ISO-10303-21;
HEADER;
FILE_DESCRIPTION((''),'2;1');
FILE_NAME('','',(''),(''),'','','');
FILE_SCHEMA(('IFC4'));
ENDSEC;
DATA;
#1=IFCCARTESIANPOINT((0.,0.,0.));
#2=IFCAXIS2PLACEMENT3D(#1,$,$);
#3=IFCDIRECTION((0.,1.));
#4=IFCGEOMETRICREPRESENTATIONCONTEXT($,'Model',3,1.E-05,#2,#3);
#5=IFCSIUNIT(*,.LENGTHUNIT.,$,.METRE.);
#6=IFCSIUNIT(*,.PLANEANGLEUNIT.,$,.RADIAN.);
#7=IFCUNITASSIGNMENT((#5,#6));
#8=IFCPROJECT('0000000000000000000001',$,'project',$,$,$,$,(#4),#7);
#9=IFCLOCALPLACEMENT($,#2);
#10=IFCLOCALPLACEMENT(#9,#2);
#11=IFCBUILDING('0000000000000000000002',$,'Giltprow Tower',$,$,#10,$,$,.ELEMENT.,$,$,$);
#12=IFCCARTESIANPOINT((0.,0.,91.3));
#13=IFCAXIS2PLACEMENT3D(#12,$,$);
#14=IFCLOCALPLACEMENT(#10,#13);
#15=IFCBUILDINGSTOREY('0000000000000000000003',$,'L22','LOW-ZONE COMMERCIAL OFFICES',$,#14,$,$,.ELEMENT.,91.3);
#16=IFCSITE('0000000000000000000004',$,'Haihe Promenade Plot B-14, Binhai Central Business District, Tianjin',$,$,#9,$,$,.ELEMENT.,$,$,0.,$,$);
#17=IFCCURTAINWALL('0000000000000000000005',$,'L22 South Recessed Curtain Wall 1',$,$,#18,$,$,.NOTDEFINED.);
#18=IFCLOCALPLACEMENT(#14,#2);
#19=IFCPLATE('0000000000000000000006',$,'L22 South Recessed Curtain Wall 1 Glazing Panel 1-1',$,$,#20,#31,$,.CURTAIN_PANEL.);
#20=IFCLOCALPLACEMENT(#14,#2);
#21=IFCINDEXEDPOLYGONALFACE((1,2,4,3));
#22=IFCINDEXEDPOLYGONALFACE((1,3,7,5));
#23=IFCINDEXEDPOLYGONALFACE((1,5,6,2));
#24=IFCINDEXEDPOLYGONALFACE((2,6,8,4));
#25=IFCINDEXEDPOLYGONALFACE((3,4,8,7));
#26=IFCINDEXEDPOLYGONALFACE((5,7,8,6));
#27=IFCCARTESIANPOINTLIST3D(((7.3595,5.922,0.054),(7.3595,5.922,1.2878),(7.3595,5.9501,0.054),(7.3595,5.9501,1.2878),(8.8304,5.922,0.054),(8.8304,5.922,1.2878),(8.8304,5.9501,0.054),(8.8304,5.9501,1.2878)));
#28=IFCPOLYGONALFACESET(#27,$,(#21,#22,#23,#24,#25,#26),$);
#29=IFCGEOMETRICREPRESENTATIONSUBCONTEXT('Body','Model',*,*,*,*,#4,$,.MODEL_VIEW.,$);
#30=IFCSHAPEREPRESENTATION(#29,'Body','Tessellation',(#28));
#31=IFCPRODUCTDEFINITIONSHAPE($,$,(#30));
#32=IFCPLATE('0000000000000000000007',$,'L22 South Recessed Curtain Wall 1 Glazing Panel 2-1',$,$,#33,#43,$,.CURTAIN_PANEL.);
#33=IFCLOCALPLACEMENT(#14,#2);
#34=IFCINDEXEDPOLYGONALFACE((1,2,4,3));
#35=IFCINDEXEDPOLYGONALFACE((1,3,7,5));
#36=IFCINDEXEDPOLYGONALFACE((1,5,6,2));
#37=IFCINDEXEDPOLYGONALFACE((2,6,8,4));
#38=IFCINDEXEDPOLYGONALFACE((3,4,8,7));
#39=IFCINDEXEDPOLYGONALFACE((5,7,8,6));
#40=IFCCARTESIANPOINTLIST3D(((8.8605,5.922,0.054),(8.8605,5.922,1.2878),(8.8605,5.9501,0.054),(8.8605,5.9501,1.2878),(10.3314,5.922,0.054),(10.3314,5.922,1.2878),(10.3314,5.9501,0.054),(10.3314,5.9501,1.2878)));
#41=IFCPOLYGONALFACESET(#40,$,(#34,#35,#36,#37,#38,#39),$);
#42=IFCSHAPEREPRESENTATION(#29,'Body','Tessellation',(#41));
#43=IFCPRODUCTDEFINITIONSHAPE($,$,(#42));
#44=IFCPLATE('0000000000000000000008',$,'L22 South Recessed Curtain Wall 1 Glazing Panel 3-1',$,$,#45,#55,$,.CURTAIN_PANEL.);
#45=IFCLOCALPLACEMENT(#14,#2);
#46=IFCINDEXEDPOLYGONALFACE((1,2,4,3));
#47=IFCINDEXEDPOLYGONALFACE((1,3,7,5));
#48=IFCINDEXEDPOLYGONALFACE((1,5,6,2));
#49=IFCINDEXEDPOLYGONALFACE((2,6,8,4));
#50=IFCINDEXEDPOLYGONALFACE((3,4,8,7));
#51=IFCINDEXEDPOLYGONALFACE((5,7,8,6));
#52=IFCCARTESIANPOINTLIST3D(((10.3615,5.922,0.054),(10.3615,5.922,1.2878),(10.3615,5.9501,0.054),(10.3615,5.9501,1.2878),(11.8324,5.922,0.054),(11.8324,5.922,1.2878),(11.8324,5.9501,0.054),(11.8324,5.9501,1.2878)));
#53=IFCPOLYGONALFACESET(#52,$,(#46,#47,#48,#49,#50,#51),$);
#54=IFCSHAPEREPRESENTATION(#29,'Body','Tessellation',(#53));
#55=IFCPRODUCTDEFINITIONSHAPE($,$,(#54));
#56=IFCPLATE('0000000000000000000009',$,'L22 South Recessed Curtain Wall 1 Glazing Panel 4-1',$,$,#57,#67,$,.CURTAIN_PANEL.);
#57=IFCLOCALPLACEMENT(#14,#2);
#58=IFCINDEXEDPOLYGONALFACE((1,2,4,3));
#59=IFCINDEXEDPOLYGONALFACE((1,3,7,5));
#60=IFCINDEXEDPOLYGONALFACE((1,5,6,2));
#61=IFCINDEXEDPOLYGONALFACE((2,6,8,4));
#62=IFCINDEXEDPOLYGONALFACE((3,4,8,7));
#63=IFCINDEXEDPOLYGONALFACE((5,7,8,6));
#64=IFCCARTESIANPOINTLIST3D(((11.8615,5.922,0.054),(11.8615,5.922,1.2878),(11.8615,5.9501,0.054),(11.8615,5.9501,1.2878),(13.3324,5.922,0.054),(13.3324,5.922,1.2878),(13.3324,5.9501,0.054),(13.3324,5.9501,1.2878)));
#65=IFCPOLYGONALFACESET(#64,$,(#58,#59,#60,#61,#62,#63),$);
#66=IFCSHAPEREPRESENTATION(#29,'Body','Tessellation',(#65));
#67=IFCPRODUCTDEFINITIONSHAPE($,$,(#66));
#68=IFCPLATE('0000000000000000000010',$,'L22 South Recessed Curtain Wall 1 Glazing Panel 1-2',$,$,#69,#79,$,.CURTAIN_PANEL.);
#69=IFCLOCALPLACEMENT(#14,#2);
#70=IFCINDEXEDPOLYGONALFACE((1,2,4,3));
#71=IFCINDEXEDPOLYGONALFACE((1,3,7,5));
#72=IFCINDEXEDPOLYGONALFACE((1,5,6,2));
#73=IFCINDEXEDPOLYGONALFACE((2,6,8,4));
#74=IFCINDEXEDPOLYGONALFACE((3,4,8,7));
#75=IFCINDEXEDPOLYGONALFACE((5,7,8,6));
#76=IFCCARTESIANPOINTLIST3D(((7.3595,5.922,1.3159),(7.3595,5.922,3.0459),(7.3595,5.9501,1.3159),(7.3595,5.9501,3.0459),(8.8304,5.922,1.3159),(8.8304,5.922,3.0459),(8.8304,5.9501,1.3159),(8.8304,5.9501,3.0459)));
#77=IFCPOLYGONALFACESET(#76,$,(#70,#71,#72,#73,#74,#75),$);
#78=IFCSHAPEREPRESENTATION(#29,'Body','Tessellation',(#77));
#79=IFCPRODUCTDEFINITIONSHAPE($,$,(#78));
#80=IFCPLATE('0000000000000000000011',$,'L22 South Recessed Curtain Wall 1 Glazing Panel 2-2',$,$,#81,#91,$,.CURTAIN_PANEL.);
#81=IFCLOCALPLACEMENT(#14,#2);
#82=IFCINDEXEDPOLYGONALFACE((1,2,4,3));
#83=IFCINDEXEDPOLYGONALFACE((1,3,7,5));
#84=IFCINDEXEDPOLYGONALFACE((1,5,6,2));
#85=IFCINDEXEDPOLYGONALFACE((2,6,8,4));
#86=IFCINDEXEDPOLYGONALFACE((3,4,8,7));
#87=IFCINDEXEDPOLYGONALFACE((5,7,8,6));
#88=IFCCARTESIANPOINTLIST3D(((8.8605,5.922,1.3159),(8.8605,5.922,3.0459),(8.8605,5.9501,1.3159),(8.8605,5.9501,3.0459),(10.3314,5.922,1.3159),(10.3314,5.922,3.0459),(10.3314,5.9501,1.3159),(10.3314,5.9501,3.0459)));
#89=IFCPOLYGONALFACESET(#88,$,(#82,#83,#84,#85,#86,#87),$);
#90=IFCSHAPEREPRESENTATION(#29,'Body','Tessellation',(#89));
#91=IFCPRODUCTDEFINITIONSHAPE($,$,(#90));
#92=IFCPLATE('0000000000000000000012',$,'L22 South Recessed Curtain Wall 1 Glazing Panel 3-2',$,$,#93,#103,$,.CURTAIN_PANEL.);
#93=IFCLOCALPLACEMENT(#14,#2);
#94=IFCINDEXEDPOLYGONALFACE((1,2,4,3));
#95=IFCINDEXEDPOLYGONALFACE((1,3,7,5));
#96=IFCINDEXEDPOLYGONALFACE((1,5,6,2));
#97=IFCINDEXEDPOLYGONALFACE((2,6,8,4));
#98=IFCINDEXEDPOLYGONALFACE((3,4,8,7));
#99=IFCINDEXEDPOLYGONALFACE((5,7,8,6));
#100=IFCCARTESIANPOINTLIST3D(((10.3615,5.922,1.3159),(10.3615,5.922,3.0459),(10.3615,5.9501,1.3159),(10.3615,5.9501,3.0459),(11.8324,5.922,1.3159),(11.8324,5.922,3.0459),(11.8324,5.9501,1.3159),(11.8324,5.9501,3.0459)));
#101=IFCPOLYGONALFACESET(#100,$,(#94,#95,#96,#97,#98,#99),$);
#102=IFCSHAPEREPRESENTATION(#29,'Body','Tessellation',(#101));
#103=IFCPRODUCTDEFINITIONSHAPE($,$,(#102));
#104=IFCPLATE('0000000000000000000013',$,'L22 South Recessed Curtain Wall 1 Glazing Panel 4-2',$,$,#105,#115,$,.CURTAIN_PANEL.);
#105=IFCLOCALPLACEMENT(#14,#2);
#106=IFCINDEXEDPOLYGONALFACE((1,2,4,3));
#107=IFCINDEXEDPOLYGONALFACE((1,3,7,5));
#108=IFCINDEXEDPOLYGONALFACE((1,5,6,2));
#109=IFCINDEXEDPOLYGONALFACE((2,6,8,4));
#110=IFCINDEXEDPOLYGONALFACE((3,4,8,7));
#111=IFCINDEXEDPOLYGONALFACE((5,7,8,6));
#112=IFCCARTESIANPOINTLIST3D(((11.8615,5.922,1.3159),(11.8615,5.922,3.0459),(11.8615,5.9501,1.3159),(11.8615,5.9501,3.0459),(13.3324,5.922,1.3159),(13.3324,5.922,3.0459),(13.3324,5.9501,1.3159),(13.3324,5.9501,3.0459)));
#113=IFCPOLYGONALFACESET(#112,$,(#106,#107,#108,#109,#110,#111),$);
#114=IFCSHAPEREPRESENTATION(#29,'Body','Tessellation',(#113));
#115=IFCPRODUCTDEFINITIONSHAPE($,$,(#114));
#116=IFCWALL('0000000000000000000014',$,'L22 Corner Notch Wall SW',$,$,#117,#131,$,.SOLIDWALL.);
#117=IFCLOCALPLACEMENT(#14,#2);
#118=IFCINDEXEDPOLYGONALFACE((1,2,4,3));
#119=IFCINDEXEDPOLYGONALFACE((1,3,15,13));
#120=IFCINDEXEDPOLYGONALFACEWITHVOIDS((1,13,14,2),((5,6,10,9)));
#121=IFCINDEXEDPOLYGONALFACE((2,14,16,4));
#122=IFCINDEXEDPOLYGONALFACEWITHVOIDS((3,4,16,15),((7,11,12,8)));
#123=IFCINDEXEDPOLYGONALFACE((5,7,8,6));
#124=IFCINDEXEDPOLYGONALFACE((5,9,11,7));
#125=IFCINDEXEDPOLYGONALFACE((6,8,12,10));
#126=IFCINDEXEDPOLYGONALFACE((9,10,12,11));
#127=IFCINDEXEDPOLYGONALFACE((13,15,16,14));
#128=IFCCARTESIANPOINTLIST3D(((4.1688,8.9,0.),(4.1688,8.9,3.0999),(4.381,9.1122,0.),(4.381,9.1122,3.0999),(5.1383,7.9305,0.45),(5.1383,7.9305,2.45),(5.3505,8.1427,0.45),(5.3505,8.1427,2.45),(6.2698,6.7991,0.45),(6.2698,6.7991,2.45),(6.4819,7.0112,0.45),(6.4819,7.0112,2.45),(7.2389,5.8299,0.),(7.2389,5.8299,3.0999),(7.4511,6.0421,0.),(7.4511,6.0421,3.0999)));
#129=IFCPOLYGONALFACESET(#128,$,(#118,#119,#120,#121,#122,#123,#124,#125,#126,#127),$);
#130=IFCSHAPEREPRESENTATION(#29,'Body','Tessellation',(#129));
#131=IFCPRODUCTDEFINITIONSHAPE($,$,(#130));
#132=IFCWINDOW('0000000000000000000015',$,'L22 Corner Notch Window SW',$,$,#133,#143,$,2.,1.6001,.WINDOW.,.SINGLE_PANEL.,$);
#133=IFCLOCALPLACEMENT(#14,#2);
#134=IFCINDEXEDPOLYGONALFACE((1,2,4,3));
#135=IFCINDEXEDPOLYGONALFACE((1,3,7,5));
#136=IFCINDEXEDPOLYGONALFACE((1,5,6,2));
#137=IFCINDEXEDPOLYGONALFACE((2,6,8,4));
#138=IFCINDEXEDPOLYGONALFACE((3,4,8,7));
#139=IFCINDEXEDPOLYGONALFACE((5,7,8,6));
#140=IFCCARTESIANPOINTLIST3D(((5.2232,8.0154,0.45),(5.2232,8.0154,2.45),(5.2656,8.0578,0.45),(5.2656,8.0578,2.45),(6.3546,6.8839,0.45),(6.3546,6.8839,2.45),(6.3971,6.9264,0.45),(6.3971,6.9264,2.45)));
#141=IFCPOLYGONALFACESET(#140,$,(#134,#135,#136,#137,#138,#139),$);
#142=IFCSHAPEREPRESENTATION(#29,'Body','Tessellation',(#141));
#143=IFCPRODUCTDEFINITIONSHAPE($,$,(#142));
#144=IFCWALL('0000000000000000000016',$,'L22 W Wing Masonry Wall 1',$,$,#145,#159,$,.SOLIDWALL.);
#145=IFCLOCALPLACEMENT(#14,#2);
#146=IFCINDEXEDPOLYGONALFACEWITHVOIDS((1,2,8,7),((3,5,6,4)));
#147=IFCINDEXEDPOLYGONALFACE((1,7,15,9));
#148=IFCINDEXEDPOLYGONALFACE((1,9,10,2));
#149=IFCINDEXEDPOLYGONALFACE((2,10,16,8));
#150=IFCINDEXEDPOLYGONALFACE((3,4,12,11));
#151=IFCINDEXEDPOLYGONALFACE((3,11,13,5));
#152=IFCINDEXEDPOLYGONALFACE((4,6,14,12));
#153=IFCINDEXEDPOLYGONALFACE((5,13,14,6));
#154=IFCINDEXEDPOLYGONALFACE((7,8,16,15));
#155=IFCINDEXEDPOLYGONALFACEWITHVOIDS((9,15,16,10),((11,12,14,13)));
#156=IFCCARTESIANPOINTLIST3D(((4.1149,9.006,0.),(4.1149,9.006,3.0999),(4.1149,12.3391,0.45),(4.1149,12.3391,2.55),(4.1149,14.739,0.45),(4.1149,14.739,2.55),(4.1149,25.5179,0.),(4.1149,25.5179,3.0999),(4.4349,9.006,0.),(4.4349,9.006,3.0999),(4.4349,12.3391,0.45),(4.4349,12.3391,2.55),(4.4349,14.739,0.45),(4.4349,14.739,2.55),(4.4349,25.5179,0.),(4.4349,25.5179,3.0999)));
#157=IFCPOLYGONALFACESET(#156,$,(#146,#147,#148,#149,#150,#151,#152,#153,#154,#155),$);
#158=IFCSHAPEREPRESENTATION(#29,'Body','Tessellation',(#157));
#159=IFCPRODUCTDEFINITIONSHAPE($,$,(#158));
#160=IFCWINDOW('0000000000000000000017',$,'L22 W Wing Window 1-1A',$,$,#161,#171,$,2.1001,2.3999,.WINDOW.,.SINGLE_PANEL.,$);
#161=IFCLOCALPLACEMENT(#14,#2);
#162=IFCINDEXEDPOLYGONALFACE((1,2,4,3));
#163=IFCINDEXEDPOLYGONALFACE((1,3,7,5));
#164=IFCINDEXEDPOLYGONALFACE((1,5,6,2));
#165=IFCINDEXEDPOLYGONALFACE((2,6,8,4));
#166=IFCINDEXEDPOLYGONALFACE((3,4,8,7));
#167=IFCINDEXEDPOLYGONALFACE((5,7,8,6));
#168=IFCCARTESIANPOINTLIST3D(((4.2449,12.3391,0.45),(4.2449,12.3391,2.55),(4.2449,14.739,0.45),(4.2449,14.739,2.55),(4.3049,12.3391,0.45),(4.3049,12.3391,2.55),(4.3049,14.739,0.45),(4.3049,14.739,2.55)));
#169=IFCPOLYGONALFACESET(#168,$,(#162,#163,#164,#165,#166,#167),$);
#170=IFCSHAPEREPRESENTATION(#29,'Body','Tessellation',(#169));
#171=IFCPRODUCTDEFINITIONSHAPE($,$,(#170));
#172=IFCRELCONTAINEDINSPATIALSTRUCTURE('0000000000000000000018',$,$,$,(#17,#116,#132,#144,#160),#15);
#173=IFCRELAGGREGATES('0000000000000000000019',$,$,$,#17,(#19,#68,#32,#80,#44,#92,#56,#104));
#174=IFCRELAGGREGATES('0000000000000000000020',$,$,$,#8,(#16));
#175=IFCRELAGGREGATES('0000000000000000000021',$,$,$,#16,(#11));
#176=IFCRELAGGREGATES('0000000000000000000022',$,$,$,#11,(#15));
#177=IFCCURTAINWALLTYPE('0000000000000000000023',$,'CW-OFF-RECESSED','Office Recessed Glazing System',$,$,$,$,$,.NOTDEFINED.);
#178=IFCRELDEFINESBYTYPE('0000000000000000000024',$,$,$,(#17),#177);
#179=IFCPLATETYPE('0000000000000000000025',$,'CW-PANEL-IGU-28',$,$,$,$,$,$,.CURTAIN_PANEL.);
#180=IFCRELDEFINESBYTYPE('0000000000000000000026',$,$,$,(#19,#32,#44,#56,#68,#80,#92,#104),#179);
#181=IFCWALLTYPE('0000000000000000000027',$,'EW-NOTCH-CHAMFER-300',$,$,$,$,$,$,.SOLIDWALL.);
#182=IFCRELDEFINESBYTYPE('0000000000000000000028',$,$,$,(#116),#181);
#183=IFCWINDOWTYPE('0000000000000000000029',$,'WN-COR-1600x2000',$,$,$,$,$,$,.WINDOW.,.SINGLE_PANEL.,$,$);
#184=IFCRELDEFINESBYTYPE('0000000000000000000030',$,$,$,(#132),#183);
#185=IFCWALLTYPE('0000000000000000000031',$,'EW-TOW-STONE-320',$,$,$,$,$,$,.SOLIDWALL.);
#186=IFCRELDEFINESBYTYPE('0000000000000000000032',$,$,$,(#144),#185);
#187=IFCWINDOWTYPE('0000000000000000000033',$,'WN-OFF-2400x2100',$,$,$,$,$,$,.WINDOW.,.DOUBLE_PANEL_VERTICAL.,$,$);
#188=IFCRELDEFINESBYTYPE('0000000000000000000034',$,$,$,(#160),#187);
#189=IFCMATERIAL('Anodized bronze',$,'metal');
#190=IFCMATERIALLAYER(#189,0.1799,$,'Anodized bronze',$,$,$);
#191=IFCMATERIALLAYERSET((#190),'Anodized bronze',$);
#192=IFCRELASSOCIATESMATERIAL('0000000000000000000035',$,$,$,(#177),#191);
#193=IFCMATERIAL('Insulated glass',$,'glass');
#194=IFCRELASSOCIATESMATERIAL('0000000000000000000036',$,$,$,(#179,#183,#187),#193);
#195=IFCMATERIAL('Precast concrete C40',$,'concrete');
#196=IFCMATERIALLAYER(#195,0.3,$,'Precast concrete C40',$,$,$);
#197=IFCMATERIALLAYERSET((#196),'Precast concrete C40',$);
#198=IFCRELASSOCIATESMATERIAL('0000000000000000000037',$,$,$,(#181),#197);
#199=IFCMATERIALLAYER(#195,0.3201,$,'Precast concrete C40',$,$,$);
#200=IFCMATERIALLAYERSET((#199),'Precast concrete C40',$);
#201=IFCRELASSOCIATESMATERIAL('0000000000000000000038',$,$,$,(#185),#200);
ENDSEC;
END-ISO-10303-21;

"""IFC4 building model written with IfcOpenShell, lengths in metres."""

from ifc_helpers import new_model, si_unit, direction, frame, frame_2d, origin, origin_2d, place, context, subcontext, project, spatial, rectangle, extrude, source, transform, mapped, material, layer, layer_set, type_object, element, fill, aggregate, save


model = new_model("IFC4")

# Units and contexts
model_context = context("Model", 3, precision=1e-05, world=origin(), true_north=direction((0.0, 1.0)))
body_context = subcontext(model_context, "Body", "Model", "MODEL_VIEW")
ifc_project = project(units=[si_unit("LENGTHUNIT", "METRE"), si_unit("PLANEANGLEUNIT", "RADIAN")], contexts=[model_context])

# Site, building, storey
site_placement = place(None, origin())
site = spatial("IfcSite", under=ifc_project, at=site_placement, Name="Haihe Promenade Plot B-14, Binhai Central Business District, Tianjin", CompositionType="ELEMENT", RefElevation=0.0)
building_placement = place(site_placement, origin())
building = spatial("IfcBuilding", under=site, at=building_placement, Name="Giltprow Tower", CompositionType="ELEMENT")
storey_placement = place(building_placement, frame((0.0, 0.0, 91.3)))
storey = spatial("IfcBuildingStorey", under=building, at=storey_placement, Name="L22", Description="LOW-ZONE COMMERCIAL OFFICES", CompositionType="ELEMENT", Elevation=91.3)

# Curtain wall
ifc_material_1 = material(Name="Anodized bronze", Category="metal")
ifc_layer_1 = layer(ifc_material_1, 0.1799, Name="Anodized bronze")
ifc_layer_set_1 = layer_set([ifc_layer_1], Name="Anodized bronze")
curtain_wall_type = type_object("IfcCurtainWallType", Name="CW-OFF-RECESSED", Description="Office Recessed Glazing System", PredefinedType="NOTDEFINED", material=ifc_layer_set_1)
curtain_wall_placement = place(storey_placement, origin())
curtain_wall = element("IfcCurtainWall", 1, at=curtain_wall_placement, inside=storey, type_object=curtain_wall_type, Name="L22 South Recessed Curtain Wall 1", PredefinedType="NOTDEFINED")

# Plates
ifc_material_2 = material(Name="Insulated glass", Category="glass")
plate_type = type_object("IfcPlateType", Name="CW-PANEL-IGU-28", PredefinedType="CURTAIN_PANEL", material=ifc_material_2)
shared_shape_1 = source(origin(), body_context, "Body", "SweptSolid", [
    extrude(rectangle(XDim=1.4709, YDim=0.0281, at=origin_2d()), origin(), (0.0, 0.0, 1.0), 1.2339),
])
plate_1_placement = place(storey_placement, frame((8.095, 5.936, 0.054), z_axis=(0.0, 0.0, 1.0), x_axis=(1.0, 0.0, 0.0)))
plate_1 = element("IfcPlate", 2, at=plate_1_placement, type_object=plate_type, Name="L22 South Recessed Curtain Wall 1 Glazing Panel 1-1", PredefinedType="CURTAIN_PANEL", context=body_context, shape_type="MappedRepresentation", body=[
    mapped(shared_shape_1, transform((0.0, 0.0, 0.0), x_axis=(1.0, 0.0, 0.0), y_axis=(0.0, 1.0, 0.0), z_axis=(0.0, 0.0, 1.0), scale=1.0)),
])
plate_2_placement = place(storey_placement, frame((9.5959, 5.936, 0.054), z_axis=(0.0, 0.0, 1.0), x_axis=(1.0, 0.0, 0.0)))
plate_2 = element("IfcPlate", 3, at=plate_2_placement, type_object=plate_type, Name="L22 South Recessed Curtain Wall 1 Glazing Panel 2-1", PredefinedType="CURTAIN_PANEL", context=body_context, shape_type="MappedRepresentation", body=[
    mapped(shared_shape_1, transform((0.0, 0.0, 0.0), x_axis=(1.0, 0.0, 0.0), y_axis=(0.0, 1.0, 0.0), z_axis=(0.0, 0.0, 1.0), scale=1.0)),
])
plate_3_placement = place(storey_placement, frame((11.0969, 5.936, 0.054), z_axis=(0.0, 0.0, 1.0), x_axis=(1.0, 0.0, 0.0)))
plate_3 = element("IfcPlate", 4, at=plate_3_placement, type_object=plate_type, Name="L22 South Recessed Curtain Wall 1 Glazing Panel 3-1", PredefinedType="CURTAIN_PANEL", context=body_context, shape_type="MappedRepresentation", body=[
    mapped(shared_shape_1, transform((0.0, 0.0, 0.0), x_axis=(1.0, 0.0, 0.0), y_axis=(0.0, 1.0, 0.0), z_axis=(0.0, 0.0, 1.0), scale=1.0)),
])
plate_4_placement = place(storey_placement, frame((12.5969, 5.936, 0.054), z_axis=(0.0, 0.0, 1.0), x_axis=(1.0, 0.0, 0.0)))
plate_4 = element("IfcPlate", 5, at=plate_4_placement, type_object=plate_type, Name="L22 South Recessed Curtain Wall 1 Glazing Panel 4-1", PredefinedType="CURTAIN_PANEL", context=body_context, shape_type="MappedRepresentation", body=[
    mapped(shared_shape_1, transform((0.0, 0.0, 0.0), x_axis=(1.0, 0.0, 0.0), y_axis=(0.0, 1.0, 0.0), z_axis=(0.0, 0.0, 1.0), scale=1.0)),
])
shared_shape_2 = source(origin(), body_context, "Body", "SweptSolid", [
    extrude(rectangle(XDim=1.4709, YDim=0.0281, at=origin_2d()), origin(), (0.0, 0.0, 1.0), 1.73),
])
plate_5_placement = place(storey_placement, frame((8.095, 5.936, 1.3159), z_axis=(0.0, 0.0, 1.0), x_axis=(1.0, 0.0, 0.0)))
plate_5 = element("IfcPlate", 6, at=plate_5_placement, type_object=plate_type, Name="L22 South Recessed Curtain Wall 1 Glazing Panel 1-2", PredefinedType="CURTAIN_PANEL", context=body_context, shape_type="MappedRepresentation", body=[
    mapped(shared_shape_2, transform((0.0, 0.0, 0.0), x_axis=(1.0, 0.0, 0.0), y_axis=(0.0, 1.0, 0.0), z_axis=(0.0, 0.0, 1.0), scale=1.0)),
])
plate_6_placement = place(storey_placement, frame((9.5959, 5.936, 1.3159), z_axis=(0.0, 0.0, 1.0), x_axis=(1.0, 0.0, 0.0)))
plate_6 = element("IfcPlate", 7, at=plate_6_placement, type_object=plate_type, Name="L22 South Recessed Curtain Wall 1 Glazing Panel 2-2", PredefinedType="CURTAIN_PANEL", context=body_context, shape_type="MappedRepresentation", body=[
    mapped(shared_shape_2, transform((0.0, 0.0, 0.0), x_axis=(1.0, 0.0, 0.0), y_axis=(0.0, 1.0, 0.0), z_axis=(0.0, 0.0, 1.0), scale=1.0)),
])
plate_7_placement = place(storey_placement, frame((11.0969, 5.936, 1.3159), z_axis=(0.0, 0.0, 1.0), x_axis=(1.0, 0.0, 0.0)))
plate_7 = element("IfcPlate", 8, at=plate_7_placement, type_object=plate_type, Name="L22 South Recessed Curtain Wall 1 Glazing Panel 3-2", PredefinedType="CURTAIN_PANEL", context=body_context, shape_type="MappedRepresentation", body=[
    mapped(shared_shape_2, transform((0.0, 0.0, 0.0), x_axis=(1.0, 0.0, 0.0), y_axis=(0.0, 1.0, 0.0), z_axis=(0.0, 0.0, 1.0), scale=1.0)),
])
plate_8_placement = place(storey_placement, frame((12.5969, 5.936, 1.3159), z_axis=(0.0, 0.0, 1.0), x_axis=(1.0, 0.0, 0.0)))
plate_8 = element("IfcPlate", 9, at=plate_8_placement, type_object=plate_type, Name="L22 South Recessed Curtain Wall 1 Glazing Panel 4-2", PredefinedType="CURTAIN_PANEL", context=body_context, shape_type="MappedRepresentation", body=[
    mapped(shared_shape_2, transform((0.0, 0.0, 0.0), x_axis=(1.0, 0.0, 0.0), y_axis=(0.0, 1.0, 0.0), z_axis=(0.0, 0.0, 1.0), scale=1.0)),
])
aggregate(curtain_wall, [plate_1, plate_5, plate_2, plate_6, plate_3, plate_7, plate_4, plate_8])

# Walls, openings, windows
ifc_material_3 = material(Name="Precast concrete C40", Category="concrete")
ifc_layer_2 = layer(ifc_material_3, 0.3, Name="Precast concrete C40")
ifc_layer_set_2 = layer_set([ifc_layer_2], Name="Precast concrete C40")
wall_type_1 = type_object("IfcWallType", Name="EW-NOTCH-CHAMFER-300", PredefinedType="SOLIDWALL", material=ifc_layer_set_2)
wall_1_placement = place(storey_placement, frame((4.2749, 9.0061, 0.0), z_axis=(0.0, 0.0, 1.0), x_axis=(0.707107, -0.707107, 0.0)))
wall_1 = element("IfcWall", 10, at=wall_1_placement, inside=storey, type_object=wall_type_1, Name="L22 Corner Notch Wall SW", PredefinedType="SOLIDWALL", context=body_context, shape_type="SweptSolid", body=[
    extrude(rectangle(XDim=4.3418, YDim=0.3, at=frame_2d((2.1709, 0.0))), origin(), (0.0, 0.0, 1.0), 3.0999),
])
opening_1_placement = place(wall_1_placement, frame((1.3711, 0.0, 0.45)))
opening_1 = element("IfcOpeningElement", 11, at=opening_1_placement, cuts=wall_1, PredefinedType="OPENING", context=body_context, shape_type="SweptSolid", body=[
    extrude(rectangle(XDim=1.6001, YDim=2.0, at=frame_2d((0.8, 1.0))), frame((0.0, 0.1599, 0.0), z_axis=(0.0, -1.0, 0.0), x_axis=(1.0, 0.0, 0.0)), (0.0, 0.0, 1.0), 0.3201),
])
window_type_1 = type_object("IfcWindowType", Name="WN-COR-1600x2000", PartitioningType="SINGLE_PANEL", PredefinedType="WINDOW", material=ifc_material_2)
shared_shape_3 = source(origin(), body_context, "Body", "SweptSolid", [
    extrude(rectangle(XDim=1.6001, YDim=2.0, at=frame_2d((0.8, 1.0))), frame((0.0, 0.03, 0.0), z_axis=(0.0, -1.0, 0.0), x_axis=(1.0, 0.0, 0.0)), (0.0, 0.0, 1.0), 0.0601),
])
window_1_placement = place(opening_1_placement, origin())
window_1 = element("IfcWindow", 12, at=window_1_placement, inside=storey, type_object=window_type_1, Name="L22 Corner Notch Window SW", OverallHeight=2.0, OverallWidth=1.6001, PartitioningType="SINGLE_PANEL", PredefinedType="WINDOW", context=body_context, shape_type="MappedRepresentation", body=[
    mapped(shared_shape_3, transform((0.0, 0.0, 0.0), x_axis=(1.0, 0.0, 0.0), y_axis=(0.0, 1.0, 0.0), z_axis=(0.0, 0.0, 1.0), scale=1.0)),
])
fill(opening_1, window_1)
ifc_layer_3 = layer(ifc_material_3, 0.3201, Name="Precast concrete C40")
ifc_layer_set_3 = layer_set([ifc_layer_3], Name="Precast concrete C40")
wall_type_2 = type_object("IfcWallType", Name="EW-TOW-STONE-320", PredefinedType="SOLIDWALL", material=ifc_layer_set_3)
wall_2_placement = place(storey_placement, frame((4.2749, 9.0061, 0.0), z_axis=(0.0, 0.0, 1.0), x_axis=(0.0, 1.0, 0.0)))
wall_2 = element("IfcWall", 13, at=wall_2_placement, inside=storey, type_object=wall_type_2, Name="L22 W Wing Masonry Wall 1", PredefinedType="SOLIDWALL", context=body_context, shape_type="SweptSolid", body=[
    extrude(rectangle(XDim=16.512, YDim=0.3201, at=frame_2d((8.2559, 0.0))), origin(), (0.0, 0.0, 1.0), 3.0999),
])
opening_2_placement = place(wall_2_placement, frame((3.333, 0.0, 0.45)))
opening_2 = element("IfcOpeningElement", 14, at=opening_2_placement, cuts=wall_2, PredefinedType="OPENING", context=body_context, shape_type="SweptSolid", body=[
    extrude(rectangle(XDim=2.3999, YDim=2.1001, at=frame_2d((1.2, 1.05))), frame((0.0, 0.1699, 0.0), z_axis=(0.0, -1.0, 0.0), x_axis=(1.0, 0.0, 0.0)), (0.0, 0.0, 1.0), 0.3401),
])
window_type_2 = type_object("IfcWindowType", Name="WN-OFF-2400x2100", PartitioningType="DOUBLE_PANEL_VERTICAL", PredefinedType="WINDOW", material=ifc_material_2)
shared_shape_4 = source(origin(), body_context, "Body", "SweptSolid", [
    extrude(rectangle(XDim=2.3999, YDim=2.1001, at=frame_2d((1.2, 1.05))), frame((0.0, 0.03, 0.0), z_axis=(0.0, -1.0, 0.0), x_axis=(1.0, 0.0, 0.0)), (0.0, 0.0, 1.0), 0.0601),
])
window_2_placement = place(opening_2_placement, origin())
window_2 = element("IfcWindow", 15, at=window_2_placement, inside=storey, type_object=window_type_2, Name="L22 W Wing Window 1-1A", OverallHeight=2.1001, OverallWidth=2.3999, PartitioningType="SINGLE_PANEL", PredefinedType="WINDOW", context=body_context, shape_type="MappedRepresentation", body=[
    mapped(shared_shape_4, transform((0.0, 0.0, 0.0), x_axis=(1.0, 0.0, 0.0), y_axis=(0.0, 1.0, 0.0), z_axis=(0.0, 0.0, 1.0), scale=1.0)),
])
fill(opening_2, window_2)

save(model, "model.ifc")
